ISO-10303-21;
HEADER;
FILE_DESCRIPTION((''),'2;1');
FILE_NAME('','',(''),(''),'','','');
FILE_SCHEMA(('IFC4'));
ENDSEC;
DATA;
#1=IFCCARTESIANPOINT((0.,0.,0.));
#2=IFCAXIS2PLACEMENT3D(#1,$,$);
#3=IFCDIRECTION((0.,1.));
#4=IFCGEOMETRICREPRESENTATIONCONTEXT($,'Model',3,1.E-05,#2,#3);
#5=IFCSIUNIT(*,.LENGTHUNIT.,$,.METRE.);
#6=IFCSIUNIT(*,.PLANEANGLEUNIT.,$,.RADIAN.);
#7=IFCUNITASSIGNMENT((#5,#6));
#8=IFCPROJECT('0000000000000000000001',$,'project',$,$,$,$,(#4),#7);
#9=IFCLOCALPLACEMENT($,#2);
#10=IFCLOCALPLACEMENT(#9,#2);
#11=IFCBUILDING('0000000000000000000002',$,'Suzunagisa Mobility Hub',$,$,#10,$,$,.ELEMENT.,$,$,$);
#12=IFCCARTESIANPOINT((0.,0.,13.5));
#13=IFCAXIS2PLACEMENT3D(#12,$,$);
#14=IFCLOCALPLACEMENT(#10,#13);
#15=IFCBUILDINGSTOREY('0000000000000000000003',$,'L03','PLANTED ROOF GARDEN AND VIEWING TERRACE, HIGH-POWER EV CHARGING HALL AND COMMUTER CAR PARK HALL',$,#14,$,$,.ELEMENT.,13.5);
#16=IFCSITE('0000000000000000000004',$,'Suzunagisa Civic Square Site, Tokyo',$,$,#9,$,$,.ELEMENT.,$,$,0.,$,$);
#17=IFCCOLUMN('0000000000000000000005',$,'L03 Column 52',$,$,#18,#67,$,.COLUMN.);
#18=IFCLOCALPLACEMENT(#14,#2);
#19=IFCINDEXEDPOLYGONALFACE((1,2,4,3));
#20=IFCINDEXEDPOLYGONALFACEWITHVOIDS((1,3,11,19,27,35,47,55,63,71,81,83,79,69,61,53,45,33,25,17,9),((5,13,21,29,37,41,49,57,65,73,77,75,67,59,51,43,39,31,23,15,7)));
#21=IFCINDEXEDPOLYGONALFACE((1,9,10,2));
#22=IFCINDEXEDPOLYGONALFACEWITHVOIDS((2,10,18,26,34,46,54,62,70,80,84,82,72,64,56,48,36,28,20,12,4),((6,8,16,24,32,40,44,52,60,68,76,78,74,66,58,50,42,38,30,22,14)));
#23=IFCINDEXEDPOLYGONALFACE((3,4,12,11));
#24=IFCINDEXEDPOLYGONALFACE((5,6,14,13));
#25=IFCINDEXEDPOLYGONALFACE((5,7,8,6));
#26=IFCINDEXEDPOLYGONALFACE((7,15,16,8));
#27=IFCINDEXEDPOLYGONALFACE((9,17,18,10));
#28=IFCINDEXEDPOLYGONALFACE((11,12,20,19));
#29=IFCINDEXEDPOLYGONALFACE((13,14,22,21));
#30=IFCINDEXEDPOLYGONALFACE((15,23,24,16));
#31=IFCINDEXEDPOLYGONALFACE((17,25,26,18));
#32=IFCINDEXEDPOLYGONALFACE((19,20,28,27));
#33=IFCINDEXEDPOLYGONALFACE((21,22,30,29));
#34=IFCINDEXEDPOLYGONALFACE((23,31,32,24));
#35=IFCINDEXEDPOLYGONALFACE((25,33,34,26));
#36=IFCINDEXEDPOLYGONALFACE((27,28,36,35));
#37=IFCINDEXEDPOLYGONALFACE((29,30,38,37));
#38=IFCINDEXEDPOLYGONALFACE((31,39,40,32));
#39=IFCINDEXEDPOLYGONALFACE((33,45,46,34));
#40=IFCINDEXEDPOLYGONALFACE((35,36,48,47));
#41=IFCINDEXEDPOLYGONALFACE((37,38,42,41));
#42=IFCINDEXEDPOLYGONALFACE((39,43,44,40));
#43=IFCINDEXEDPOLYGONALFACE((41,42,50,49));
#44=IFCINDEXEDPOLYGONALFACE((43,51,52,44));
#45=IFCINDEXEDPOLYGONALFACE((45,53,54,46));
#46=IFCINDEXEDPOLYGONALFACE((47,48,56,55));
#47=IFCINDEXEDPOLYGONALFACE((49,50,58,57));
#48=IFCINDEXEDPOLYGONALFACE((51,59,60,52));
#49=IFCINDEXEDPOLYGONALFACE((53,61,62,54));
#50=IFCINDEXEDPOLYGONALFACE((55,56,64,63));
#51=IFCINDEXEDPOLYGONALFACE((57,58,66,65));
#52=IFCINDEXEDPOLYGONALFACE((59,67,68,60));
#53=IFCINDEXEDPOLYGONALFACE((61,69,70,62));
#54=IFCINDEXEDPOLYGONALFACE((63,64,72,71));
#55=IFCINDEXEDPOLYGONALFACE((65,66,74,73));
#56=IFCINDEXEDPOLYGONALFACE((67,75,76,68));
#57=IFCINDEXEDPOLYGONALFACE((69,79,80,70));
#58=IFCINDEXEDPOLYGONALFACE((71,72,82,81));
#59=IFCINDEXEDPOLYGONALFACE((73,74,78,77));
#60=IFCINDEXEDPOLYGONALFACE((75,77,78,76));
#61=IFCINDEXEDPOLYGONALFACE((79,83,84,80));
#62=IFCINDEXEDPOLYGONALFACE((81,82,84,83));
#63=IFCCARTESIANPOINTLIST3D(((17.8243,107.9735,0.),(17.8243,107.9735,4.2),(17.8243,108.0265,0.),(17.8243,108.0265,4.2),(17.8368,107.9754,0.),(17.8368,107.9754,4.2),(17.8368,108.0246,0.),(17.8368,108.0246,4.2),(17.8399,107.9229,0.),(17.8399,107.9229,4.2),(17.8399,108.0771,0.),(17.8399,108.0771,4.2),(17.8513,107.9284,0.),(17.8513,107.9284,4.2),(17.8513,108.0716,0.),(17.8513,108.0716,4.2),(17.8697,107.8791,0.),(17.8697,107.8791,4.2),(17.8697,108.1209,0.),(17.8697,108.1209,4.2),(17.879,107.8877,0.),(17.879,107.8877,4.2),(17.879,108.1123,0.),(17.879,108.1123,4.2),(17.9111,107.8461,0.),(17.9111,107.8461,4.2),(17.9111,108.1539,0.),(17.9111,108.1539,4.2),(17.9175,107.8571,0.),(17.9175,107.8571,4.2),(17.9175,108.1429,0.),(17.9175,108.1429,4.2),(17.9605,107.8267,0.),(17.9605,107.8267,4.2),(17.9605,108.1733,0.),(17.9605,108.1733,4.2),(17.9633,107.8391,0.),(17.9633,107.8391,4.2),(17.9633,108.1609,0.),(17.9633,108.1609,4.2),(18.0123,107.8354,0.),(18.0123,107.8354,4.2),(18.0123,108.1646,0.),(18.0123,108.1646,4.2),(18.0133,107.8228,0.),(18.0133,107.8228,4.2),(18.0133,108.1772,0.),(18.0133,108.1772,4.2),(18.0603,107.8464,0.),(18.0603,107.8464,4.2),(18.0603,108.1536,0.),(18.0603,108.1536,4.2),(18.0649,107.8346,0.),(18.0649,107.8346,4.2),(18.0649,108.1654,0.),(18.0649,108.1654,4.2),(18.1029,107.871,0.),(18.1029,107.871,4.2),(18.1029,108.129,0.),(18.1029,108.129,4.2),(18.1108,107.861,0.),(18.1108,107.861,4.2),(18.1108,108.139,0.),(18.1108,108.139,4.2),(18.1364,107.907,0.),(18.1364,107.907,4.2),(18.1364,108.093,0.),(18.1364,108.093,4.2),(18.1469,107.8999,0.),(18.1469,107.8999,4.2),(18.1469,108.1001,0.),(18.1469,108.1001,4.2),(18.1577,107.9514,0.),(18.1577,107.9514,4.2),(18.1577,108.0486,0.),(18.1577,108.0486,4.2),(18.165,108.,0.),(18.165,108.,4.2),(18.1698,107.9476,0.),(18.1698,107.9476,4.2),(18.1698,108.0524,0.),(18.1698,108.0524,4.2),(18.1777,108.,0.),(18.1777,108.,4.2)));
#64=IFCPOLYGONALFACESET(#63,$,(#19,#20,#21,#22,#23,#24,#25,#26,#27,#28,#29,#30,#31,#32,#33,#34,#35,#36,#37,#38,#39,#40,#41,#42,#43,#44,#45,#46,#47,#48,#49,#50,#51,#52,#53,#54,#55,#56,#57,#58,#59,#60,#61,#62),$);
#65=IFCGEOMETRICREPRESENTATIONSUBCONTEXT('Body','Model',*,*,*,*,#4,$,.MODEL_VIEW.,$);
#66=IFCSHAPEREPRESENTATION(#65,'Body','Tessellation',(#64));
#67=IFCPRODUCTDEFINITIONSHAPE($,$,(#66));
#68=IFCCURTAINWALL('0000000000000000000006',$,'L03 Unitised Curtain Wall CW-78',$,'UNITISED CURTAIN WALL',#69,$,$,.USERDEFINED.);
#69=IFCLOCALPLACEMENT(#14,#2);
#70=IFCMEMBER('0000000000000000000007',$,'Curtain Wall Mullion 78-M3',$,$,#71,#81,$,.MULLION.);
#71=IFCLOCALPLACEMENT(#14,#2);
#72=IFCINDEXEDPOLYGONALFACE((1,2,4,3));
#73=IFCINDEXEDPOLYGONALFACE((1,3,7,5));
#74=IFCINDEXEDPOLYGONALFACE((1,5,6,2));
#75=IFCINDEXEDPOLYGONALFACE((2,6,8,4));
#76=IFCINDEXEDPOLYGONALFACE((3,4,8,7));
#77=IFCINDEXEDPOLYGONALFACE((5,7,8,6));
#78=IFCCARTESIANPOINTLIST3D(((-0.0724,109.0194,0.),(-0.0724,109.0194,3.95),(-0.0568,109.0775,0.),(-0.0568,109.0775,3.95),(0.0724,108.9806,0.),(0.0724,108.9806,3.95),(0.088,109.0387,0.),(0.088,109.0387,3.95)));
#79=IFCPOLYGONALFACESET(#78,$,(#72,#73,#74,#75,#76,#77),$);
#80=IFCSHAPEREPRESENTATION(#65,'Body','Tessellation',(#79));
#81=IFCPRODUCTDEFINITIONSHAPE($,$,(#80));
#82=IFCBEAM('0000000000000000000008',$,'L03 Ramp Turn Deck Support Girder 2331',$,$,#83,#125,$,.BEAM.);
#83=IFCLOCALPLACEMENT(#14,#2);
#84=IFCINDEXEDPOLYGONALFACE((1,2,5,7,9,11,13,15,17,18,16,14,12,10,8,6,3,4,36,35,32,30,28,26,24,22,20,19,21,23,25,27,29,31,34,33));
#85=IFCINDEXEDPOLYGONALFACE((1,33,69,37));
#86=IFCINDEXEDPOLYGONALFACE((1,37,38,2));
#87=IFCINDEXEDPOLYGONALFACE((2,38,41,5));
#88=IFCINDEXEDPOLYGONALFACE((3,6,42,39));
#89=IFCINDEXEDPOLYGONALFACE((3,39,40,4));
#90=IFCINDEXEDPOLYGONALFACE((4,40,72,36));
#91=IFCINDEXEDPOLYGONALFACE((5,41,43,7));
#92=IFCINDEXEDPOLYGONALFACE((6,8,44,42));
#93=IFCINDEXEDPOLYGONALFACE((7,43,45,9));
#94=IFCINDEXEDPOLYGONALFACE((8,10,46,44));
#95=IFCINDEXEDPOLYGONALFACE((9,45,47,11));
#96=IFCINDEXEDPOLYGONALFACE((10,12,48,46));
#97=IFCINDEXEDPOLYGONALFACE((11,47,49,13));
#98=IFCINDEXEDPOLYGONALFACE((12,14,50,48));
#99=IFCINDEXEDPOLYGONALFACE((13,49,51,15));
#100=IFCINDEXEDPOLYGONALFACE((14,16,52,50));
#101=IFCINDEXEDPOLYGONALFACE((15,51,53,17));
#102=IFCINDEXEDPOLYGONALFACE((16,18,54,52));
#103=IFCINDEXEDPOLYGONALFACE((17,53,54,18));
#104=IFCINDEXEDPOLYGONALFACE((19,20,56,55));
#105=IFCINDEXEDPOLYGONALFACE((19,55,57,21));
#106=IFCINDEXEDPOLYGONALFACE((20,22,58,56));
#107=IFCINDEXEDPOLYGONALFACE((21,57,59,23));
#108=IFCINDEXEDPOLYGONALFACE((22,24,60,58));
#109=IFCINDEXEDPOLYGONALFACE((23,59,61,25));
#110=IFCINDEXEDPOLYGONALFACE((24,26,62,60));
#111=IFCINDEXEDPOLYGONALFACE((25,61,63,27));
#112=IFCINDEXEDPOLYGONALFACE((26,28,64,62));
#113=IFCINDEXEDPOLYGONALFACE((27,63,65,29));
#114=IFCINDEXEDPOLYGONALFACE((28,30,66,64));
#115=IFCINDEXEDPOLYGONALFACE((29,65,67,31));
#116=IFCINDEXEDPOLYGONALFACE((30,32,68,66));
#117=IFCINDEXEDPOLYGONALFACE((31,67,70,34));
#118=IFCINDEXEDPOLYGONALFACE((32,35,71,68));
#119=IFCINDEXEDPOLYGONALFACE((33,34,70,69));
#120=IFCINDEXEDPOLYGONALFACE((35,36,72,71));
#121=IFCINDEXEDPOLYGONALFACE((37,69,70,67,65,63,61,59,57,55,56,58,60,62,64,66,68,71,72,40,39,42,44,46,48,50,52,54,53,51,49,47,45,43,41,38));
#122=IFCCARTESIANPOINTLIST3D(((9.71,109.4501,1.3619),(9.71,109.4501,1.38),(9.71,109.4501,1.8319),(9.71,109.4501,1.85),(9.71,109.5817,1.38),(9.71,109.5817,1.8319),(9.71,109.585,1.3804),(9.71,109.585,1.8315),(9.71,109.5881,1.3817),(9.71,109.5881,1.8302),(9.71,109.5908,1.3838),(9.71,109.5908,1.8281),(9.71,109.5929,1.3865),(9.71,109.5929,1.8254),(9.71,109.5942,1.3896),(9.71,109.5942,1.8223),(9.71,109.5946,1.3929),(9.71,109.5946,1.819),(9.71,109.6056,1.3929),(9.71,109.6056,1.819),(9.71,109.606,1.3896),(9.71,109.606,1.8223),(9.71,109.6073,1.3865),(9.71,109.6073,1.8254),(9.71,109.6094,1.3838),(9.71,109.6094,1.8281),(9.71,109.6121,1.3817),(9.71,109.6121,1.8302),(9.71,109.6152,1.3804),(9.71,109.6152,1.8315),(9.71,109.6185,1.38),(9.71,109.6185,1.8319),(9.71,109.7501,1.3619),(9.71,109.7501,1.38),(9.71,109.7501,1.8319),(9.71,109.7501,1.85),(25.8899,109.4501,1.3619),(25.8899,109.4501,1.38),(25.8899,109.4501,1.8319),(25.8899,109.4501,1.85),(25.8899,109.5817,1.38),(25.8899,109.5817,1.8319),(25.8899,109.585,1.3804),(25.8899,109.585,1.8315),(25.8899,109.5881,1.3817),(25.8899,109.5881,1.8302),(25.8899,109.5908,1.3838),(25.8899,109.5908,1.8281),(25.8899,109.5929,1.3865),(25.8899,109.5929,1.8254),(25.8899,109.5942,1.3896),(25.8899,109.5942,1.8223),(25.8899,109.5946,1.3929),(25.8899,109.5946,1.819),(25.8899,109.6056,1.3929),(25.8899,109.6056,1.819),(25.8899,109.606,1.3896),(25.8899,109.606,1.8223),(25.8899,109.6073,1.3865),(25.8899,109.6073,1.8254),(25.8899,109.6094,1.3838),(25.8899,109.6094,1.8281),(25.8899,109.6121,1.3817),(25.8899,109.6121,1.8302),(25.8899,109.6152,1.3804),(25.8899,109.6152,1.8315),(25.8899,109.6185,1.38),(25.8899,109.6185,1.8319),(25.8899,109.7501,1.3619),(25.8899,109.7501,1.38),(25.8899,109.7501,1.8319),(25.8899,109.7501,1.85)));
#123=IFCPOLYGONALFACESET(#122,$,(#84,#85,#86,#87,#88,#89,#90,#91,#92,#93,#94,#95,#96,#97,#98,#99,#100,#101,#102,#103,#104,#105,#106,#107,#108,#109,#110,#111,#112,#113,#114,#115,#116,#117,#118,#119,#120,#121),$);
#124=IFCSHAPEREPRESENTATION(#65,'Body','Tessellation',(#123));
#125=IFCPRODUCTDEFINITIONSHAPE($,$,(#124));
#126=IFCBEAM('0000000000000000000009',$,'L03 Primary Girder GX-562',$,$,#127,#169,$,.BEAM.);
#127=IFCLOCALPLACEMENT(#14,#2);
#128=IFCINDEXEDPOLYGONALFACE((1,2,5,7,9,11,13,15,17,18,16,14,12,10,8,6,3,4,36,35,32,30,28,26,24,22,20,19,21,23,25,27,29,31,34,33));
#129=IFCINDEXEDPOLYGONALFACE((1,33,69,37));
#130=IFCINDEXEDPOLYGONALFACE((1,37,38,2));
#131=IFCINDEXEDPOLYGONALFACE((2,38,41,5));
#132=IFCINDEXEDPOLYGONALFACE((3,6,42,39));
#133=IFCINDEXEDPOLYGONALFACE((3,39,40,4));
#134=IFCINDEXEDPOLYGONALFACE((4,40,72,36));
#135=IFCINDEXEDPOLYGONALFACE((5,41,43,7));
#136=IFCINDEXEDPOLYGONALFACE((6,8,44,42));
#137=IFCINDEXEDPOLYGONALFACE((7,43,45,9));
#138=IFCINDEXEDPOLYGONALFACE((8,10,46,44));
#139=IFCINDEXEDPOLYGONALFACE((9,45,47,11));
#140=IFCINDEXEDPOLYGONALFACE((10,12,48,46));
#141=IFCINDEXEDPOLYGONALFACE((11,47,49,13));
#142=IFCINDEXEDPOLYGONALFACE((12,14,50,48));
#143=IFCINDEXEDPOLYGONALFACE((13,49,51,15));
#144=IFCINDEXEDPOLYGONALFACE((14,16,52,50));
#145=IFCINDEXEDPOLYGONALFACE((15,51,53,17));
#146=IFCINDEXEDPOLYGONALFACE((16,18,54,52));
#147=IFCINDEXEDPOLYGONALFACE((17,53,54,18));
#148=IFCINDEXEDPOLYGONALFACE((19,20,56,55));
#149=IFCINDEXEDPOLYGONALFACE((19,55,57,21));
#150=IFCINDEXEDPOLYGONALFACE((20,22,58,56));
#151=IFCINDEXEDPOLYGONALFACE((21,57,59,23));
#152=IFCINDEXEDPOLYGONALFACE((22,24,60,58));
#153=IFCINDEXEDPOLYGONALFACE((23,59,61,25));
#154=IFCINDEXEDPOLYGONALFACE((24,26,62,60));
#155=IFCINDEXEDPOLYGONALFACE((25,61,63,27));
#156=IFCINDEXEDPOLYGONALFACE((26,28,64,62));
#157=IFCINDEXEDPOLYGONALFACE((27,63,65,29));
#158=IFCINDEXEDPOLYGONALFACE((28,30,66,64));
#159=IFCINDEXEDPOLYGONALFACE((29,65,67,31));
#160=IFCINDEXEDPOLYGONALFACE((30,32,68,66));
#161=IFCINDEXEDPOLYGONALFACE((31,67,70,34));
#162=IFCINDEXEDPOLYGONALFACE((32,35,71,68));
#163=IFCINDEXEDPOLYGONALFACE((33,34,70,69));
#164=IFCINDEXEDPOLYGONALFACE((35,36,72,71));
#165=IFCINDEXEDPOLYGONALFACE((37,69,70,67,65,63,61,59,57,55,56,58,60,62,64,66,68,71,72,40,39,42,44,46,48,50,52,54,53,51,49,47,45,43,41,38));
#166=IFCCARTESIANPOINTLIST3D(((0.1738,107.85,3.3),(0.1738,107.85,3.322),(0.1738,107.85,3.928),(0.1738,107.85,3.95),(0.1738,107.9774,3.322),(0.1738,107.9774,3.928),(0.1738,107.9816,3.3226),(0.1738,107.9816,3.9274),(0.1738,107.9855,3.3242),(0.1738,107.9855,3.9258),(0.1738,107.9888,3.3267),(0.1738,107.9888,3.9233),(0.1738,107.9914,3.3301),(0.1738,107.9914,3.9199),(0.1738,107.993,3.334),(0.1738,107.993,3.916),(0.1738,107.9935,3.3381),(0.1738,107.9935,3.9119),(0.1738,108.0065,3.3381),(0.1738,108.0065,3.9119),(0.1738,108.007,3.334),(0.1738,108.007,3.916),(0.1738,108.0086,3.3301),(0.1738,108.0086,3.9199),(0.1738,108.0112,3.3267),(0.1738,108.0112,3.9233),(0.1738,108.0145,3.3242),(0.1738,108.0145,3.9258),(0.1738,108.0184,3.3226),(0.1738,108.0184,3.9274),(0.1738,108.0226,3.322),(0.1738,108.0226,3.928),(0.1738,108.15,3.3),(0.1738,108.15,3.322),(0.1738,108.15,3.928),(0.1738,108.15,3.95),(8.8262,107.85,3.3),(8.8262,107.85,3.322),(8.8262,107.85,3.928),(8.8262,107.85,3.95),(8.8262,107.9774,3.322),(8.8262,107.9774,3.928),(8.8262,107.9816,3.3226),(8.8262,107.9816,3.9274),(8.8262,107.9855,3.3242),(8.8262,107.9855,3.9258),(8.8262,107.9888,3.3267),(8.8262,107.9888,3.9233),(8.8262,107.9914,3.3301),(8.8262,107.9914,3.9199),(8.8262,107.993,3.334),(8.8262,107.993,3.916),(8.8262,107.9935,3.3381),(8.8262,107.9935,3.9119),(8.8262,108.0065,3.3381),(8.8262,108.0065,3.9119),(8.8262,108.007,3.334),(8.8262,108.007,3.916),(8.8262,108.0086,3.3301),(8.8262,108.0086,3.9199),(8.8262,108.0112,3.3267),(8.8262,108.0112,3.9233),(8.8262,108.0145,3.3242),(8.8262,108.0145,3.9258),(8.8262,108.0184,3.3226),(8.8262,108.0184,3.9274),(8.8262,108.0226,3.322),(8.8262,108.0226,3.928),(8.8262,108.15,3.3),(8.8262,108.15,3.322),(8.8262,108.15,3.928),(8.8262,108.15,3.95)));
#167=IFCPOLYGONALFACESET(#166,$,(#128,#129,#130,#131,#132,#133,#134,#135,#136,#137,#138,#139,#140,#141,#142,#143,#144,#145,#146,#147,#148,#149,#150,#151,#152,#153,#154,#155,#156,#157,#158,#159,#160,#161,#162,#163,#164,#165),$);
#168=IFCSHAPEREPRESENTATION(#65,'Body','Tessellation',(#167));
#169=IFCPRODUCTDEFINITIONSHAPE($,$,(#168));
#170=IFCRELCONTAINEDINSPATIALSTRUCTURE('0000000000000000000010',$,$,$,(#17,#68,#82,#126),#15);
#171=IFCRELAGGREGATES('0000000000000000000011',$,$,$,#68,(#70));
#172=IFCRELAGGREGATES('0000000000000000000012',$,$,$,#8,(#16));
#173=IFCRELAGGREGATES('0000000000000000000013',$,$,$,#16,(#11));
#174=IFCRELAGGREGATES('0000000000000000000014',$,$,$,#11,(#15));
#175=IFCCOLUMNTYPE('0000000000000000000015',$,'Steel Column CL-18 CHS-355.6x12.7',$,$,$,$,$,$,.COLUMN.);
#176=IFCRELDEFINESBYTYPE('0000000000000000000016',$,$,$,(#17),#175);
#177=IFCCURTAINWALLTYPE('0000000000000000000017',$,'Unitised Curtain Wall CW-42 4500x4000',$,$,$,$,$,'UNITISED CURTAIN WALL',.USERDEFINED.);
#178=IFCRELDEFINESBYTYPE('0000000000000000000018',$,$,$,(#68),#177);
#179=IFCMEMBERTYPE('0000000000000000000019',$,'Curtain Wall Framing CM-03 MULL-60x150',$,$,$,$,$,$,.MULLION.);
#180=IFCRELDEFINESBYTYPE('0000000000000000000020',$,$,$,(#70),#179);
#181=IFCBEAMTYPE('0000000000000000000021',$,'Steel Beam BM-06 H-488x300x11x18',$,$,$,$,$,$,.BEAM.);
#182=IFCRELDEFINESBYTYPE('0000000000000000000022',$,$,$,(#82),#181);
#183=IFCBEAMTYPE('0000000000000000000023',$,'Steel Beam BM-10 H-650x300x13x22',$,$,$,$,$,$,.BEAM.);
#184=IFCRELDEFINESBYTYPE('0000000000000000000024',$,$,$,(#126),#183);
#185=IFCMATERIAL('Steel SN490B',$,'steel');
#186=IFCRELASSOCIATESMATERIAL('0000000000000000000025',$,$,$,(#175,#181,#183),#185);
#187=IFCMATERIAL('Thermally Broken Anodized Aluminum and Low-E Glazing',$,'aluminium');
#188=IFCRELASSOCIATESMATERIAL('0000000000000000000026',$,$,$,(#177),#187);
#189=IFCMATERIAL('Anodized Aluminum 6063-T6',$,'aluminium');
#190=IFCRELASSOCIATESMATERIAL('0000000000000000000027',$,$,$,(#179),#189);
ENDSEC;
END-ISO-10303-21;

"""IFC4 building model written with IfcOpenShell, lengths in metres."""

from ifc_helpers import new_model, si_unit, direction, frame, origin, origin_2d, place, context, subcontext, project, spatial, rectangle, hollow_circle, i_section, extrude, material, material_profile, profile_set, type_object, element, aggregate, save


model = new_model("IFC4")

# Units and contexts
model_context = context("Model", 3, precision=1e-05, world=origin(), true_north=direction((0.0, 1.0)))
body_context = subcontext(model_context, "Body", "Model", "MODEL_VIEW")
ifc_project = project(units=[si_unit("LENGTHUNIT", "METRE"), si_unit("PLANEANGLEUNIT", "RADIAN")], contexts=[model_context])

# Site, building, storey
site_placement = place(None, origin())
site = spatial("IfcSite", under=ifc_project, at=site_placement, Name="Suzunagisa Civic Square Site, Tokyo", CompositionType="ELEMENT", RefElevation=0.0)
building_placement = place(site_placement, origin())
building = spatial("IfcBuilding", under=site, at=building_placement, Name="Suzunagisa Mobility Hub", CompositionType="ELEMENT")
storey_placement = place(building_placement, frame((0.0, 0.0, 13.5)))
storey = spatial("IfcBuildingStorey", under=building, at=storey_placement, Name="L03", Description="PLANTED ROOF GARDEN AND VIEWING TERRACE, HIGH-POWER EV CHARGING HALL AND COMMUTER CAR PARK HALL", CompositionType="ELEMENT", Elevation=13.5)

# Column
ifc_material_1 = material(Name="Steel SN490B", Category="steel")
ifc_material_profile_1 = material_profile(ifc_material_1, hollow_circle(Radius=0.1777, WallThickness=0.0127, at=origin_2d()), Name="CHS-355.6x12.7")
ifc_profile_set_1 = profile_set([ifc_material_profile_1], Name="Steel SN490B")
column_type_1 = type_object("IfcColumnType", Name="Steel Column CL-18 CHS-355.6x12.7", PredefinedType="COLUMN", material=ifc_profile_set_1)
for number, where, z_axis, x_axis, name in (
    (1, (18.0, 108.0, 0.0), (0.0, 0.0, 1.0), (1.0, 0.0, 0.0), "L03 Column 52"),
):
    element("IfcColumn", number, at=place(storey_placement, frame(where, z_axis=z_axis, x_axis=x_axis)), inside=storey, type_object=column_type_1, Name=name, PredefinedType="COLUMN", context=body_context, shape_type="SweptSolid", body=[
        extrude(hollow_circle(Radius=0.1777, WallThickness=0.0127, at=origin_2d()), origin(), (0.0, 0.0, 1.0), 4.2),
    ])

# Curtain wall, member
ifc_material_2 = material(Name="Thermally Broken Anodized Aluminum and Low-E Glazing", Category="aluminium")
curtain_wall_type = type_object("IfcCurtainWallType", Name="Unitised Curtain Wall CW-42 4500x4000", ElementType="UNITISED CURTAIN WALL", PredefinedType="USERDEFINED", material=ifc_material_2)
curtain_wall_placement = place(storey_placement, origin())
curtain_wall = element("IfcCurtainWall", 2, at=curtain_wall_placement, inside=storey, type_object=curtain_wall_type, Name="L03 Unitised Curtain Wall CW-78", ObjectType="UNITISED CURTAIN WALL", PredefinedType="USERDEFINED")
ifc_material_3 = material(Name="Anodized Aluminum 6063-T6", Category="aluminium")
ifc_material_profile_2 = material_profile(ifc_material_3, rectangle(XDim=0.0601, YDim=0.1499, at=origin_2d()), Name="MULL-60x150")
ifc_profile_set_2 = profile_set([ifc_material_profile_2], Name="Anodized Aluminum 6063-T6")
member_type = type_object("IfcMemberType", Name="Curtain Wall Framing CM-03 MULL-60x150", PredefinedType="MULLION", material=ifc_profile_set_2)
member_placement = place(storey_placement, frame((0.0078, 109.0291, 0.0), z_axis=(0.0, 0.0, 1.0), x_axis=(-0.258814, -0.965927, 0.0)))
member = element("IfcMember", 3, at=member_placement, type_object=member_type, Name="Curtain Wall Mullion 78-M3", PredefinedType="MULLION", context=body_context, shape_type="SweptSolid", body=[
    extrude(rectangle(XDim=0.0601, YDim=0.1499, at=origin_2d()), origin(), (0.0, 0.0, 1.0), 3.95),
])

# Beams
ifc_material_profile_3 = material_profile(ifc_material_1, i_section(OverallWidth=0.3, OverallDepth=0.488, WebThickness=0.011, FlangeThickness=0.0181, FilletRadius=0.0129, at=origin_2d()), Name="H-488x300x11x18")
ifc_profile_set_3 = profile_set([ifc_material_profile_3], Name="Steel SN490B")
beam_type_1 = type_object("IfcBeamType", Name="Steel Beam BM-06 H-488x300x11x18", PredefinedType="BEAM", material=ifc_profile_set_3)
beam_1_placement = place(storey_placement, frame((9.71, 109.6001, 1.606), z_axis=(1.0, 0.0, 0.0), x_axis=(0.0, 1.0, 0.0)))
element("IfcBeam", 4, at=beam_1_placement, inside=storey, type_object=beam_type_1, Name="L03 Ramp Turn Deck Support Girder 2331", PredefinedType="BEAM", context=body_context, shape_type="SweptSolid", body=[
    extrude(i_section(OverallWidth=0.3, OverallDepth=0.488, WebThickness=0.011, FlangeThickness=0.0181, FilletRadius=0.0129, at=origin_2d()), origin(), (0.0, 0.0, 1.0), 16.1799),
])
ifc_material_profile_4 = material_profile(ifc_material_1, i_section(OverallWidth=0.3, OverallDepth=0.6499, WebThickness=0.0129, FlangeThickness=0.022, FilletRadius=0.0161, at=origin_2d()), Name="H-650x300x13x22")
ifc_profile_set_4 = profile_set([ifc_material_profile_4], Name="Steel SN490B")
beam_type_2 = type_object("IfcBeamType", Name="Steel Beam BM-10 H-650x300x13x22", PredefinedType="BEAM", material=ifc_profile_set_4)
beam_2_placement = place(storey_placement, frame((0.1738, 108.0, 3.625), z_axis=(1.0, 0.0, 0.0), x_axis=(0.0, 1.0, 0.0)))
element("IfcBeam", 5, at=beam_2_placement, inside=storey, type_object=beam_type_2, Name="L03 Primary Girder GX-562", PredefinedType="BEAM", context=body_context, shape_type="SweptSolid", body=[
    extrude(i_section(OverallWidth=0.3, OverallDepth=0.6499, WebThickness=0.0129, FlangeThickness=0.022, FilletRadius=0.0161, at=origin_2d()), origin(), (0.0, 0.0, 1.0), 8.6523),
])

aggregate(curtain_wall, [member])

save(model, "model.ifc")
